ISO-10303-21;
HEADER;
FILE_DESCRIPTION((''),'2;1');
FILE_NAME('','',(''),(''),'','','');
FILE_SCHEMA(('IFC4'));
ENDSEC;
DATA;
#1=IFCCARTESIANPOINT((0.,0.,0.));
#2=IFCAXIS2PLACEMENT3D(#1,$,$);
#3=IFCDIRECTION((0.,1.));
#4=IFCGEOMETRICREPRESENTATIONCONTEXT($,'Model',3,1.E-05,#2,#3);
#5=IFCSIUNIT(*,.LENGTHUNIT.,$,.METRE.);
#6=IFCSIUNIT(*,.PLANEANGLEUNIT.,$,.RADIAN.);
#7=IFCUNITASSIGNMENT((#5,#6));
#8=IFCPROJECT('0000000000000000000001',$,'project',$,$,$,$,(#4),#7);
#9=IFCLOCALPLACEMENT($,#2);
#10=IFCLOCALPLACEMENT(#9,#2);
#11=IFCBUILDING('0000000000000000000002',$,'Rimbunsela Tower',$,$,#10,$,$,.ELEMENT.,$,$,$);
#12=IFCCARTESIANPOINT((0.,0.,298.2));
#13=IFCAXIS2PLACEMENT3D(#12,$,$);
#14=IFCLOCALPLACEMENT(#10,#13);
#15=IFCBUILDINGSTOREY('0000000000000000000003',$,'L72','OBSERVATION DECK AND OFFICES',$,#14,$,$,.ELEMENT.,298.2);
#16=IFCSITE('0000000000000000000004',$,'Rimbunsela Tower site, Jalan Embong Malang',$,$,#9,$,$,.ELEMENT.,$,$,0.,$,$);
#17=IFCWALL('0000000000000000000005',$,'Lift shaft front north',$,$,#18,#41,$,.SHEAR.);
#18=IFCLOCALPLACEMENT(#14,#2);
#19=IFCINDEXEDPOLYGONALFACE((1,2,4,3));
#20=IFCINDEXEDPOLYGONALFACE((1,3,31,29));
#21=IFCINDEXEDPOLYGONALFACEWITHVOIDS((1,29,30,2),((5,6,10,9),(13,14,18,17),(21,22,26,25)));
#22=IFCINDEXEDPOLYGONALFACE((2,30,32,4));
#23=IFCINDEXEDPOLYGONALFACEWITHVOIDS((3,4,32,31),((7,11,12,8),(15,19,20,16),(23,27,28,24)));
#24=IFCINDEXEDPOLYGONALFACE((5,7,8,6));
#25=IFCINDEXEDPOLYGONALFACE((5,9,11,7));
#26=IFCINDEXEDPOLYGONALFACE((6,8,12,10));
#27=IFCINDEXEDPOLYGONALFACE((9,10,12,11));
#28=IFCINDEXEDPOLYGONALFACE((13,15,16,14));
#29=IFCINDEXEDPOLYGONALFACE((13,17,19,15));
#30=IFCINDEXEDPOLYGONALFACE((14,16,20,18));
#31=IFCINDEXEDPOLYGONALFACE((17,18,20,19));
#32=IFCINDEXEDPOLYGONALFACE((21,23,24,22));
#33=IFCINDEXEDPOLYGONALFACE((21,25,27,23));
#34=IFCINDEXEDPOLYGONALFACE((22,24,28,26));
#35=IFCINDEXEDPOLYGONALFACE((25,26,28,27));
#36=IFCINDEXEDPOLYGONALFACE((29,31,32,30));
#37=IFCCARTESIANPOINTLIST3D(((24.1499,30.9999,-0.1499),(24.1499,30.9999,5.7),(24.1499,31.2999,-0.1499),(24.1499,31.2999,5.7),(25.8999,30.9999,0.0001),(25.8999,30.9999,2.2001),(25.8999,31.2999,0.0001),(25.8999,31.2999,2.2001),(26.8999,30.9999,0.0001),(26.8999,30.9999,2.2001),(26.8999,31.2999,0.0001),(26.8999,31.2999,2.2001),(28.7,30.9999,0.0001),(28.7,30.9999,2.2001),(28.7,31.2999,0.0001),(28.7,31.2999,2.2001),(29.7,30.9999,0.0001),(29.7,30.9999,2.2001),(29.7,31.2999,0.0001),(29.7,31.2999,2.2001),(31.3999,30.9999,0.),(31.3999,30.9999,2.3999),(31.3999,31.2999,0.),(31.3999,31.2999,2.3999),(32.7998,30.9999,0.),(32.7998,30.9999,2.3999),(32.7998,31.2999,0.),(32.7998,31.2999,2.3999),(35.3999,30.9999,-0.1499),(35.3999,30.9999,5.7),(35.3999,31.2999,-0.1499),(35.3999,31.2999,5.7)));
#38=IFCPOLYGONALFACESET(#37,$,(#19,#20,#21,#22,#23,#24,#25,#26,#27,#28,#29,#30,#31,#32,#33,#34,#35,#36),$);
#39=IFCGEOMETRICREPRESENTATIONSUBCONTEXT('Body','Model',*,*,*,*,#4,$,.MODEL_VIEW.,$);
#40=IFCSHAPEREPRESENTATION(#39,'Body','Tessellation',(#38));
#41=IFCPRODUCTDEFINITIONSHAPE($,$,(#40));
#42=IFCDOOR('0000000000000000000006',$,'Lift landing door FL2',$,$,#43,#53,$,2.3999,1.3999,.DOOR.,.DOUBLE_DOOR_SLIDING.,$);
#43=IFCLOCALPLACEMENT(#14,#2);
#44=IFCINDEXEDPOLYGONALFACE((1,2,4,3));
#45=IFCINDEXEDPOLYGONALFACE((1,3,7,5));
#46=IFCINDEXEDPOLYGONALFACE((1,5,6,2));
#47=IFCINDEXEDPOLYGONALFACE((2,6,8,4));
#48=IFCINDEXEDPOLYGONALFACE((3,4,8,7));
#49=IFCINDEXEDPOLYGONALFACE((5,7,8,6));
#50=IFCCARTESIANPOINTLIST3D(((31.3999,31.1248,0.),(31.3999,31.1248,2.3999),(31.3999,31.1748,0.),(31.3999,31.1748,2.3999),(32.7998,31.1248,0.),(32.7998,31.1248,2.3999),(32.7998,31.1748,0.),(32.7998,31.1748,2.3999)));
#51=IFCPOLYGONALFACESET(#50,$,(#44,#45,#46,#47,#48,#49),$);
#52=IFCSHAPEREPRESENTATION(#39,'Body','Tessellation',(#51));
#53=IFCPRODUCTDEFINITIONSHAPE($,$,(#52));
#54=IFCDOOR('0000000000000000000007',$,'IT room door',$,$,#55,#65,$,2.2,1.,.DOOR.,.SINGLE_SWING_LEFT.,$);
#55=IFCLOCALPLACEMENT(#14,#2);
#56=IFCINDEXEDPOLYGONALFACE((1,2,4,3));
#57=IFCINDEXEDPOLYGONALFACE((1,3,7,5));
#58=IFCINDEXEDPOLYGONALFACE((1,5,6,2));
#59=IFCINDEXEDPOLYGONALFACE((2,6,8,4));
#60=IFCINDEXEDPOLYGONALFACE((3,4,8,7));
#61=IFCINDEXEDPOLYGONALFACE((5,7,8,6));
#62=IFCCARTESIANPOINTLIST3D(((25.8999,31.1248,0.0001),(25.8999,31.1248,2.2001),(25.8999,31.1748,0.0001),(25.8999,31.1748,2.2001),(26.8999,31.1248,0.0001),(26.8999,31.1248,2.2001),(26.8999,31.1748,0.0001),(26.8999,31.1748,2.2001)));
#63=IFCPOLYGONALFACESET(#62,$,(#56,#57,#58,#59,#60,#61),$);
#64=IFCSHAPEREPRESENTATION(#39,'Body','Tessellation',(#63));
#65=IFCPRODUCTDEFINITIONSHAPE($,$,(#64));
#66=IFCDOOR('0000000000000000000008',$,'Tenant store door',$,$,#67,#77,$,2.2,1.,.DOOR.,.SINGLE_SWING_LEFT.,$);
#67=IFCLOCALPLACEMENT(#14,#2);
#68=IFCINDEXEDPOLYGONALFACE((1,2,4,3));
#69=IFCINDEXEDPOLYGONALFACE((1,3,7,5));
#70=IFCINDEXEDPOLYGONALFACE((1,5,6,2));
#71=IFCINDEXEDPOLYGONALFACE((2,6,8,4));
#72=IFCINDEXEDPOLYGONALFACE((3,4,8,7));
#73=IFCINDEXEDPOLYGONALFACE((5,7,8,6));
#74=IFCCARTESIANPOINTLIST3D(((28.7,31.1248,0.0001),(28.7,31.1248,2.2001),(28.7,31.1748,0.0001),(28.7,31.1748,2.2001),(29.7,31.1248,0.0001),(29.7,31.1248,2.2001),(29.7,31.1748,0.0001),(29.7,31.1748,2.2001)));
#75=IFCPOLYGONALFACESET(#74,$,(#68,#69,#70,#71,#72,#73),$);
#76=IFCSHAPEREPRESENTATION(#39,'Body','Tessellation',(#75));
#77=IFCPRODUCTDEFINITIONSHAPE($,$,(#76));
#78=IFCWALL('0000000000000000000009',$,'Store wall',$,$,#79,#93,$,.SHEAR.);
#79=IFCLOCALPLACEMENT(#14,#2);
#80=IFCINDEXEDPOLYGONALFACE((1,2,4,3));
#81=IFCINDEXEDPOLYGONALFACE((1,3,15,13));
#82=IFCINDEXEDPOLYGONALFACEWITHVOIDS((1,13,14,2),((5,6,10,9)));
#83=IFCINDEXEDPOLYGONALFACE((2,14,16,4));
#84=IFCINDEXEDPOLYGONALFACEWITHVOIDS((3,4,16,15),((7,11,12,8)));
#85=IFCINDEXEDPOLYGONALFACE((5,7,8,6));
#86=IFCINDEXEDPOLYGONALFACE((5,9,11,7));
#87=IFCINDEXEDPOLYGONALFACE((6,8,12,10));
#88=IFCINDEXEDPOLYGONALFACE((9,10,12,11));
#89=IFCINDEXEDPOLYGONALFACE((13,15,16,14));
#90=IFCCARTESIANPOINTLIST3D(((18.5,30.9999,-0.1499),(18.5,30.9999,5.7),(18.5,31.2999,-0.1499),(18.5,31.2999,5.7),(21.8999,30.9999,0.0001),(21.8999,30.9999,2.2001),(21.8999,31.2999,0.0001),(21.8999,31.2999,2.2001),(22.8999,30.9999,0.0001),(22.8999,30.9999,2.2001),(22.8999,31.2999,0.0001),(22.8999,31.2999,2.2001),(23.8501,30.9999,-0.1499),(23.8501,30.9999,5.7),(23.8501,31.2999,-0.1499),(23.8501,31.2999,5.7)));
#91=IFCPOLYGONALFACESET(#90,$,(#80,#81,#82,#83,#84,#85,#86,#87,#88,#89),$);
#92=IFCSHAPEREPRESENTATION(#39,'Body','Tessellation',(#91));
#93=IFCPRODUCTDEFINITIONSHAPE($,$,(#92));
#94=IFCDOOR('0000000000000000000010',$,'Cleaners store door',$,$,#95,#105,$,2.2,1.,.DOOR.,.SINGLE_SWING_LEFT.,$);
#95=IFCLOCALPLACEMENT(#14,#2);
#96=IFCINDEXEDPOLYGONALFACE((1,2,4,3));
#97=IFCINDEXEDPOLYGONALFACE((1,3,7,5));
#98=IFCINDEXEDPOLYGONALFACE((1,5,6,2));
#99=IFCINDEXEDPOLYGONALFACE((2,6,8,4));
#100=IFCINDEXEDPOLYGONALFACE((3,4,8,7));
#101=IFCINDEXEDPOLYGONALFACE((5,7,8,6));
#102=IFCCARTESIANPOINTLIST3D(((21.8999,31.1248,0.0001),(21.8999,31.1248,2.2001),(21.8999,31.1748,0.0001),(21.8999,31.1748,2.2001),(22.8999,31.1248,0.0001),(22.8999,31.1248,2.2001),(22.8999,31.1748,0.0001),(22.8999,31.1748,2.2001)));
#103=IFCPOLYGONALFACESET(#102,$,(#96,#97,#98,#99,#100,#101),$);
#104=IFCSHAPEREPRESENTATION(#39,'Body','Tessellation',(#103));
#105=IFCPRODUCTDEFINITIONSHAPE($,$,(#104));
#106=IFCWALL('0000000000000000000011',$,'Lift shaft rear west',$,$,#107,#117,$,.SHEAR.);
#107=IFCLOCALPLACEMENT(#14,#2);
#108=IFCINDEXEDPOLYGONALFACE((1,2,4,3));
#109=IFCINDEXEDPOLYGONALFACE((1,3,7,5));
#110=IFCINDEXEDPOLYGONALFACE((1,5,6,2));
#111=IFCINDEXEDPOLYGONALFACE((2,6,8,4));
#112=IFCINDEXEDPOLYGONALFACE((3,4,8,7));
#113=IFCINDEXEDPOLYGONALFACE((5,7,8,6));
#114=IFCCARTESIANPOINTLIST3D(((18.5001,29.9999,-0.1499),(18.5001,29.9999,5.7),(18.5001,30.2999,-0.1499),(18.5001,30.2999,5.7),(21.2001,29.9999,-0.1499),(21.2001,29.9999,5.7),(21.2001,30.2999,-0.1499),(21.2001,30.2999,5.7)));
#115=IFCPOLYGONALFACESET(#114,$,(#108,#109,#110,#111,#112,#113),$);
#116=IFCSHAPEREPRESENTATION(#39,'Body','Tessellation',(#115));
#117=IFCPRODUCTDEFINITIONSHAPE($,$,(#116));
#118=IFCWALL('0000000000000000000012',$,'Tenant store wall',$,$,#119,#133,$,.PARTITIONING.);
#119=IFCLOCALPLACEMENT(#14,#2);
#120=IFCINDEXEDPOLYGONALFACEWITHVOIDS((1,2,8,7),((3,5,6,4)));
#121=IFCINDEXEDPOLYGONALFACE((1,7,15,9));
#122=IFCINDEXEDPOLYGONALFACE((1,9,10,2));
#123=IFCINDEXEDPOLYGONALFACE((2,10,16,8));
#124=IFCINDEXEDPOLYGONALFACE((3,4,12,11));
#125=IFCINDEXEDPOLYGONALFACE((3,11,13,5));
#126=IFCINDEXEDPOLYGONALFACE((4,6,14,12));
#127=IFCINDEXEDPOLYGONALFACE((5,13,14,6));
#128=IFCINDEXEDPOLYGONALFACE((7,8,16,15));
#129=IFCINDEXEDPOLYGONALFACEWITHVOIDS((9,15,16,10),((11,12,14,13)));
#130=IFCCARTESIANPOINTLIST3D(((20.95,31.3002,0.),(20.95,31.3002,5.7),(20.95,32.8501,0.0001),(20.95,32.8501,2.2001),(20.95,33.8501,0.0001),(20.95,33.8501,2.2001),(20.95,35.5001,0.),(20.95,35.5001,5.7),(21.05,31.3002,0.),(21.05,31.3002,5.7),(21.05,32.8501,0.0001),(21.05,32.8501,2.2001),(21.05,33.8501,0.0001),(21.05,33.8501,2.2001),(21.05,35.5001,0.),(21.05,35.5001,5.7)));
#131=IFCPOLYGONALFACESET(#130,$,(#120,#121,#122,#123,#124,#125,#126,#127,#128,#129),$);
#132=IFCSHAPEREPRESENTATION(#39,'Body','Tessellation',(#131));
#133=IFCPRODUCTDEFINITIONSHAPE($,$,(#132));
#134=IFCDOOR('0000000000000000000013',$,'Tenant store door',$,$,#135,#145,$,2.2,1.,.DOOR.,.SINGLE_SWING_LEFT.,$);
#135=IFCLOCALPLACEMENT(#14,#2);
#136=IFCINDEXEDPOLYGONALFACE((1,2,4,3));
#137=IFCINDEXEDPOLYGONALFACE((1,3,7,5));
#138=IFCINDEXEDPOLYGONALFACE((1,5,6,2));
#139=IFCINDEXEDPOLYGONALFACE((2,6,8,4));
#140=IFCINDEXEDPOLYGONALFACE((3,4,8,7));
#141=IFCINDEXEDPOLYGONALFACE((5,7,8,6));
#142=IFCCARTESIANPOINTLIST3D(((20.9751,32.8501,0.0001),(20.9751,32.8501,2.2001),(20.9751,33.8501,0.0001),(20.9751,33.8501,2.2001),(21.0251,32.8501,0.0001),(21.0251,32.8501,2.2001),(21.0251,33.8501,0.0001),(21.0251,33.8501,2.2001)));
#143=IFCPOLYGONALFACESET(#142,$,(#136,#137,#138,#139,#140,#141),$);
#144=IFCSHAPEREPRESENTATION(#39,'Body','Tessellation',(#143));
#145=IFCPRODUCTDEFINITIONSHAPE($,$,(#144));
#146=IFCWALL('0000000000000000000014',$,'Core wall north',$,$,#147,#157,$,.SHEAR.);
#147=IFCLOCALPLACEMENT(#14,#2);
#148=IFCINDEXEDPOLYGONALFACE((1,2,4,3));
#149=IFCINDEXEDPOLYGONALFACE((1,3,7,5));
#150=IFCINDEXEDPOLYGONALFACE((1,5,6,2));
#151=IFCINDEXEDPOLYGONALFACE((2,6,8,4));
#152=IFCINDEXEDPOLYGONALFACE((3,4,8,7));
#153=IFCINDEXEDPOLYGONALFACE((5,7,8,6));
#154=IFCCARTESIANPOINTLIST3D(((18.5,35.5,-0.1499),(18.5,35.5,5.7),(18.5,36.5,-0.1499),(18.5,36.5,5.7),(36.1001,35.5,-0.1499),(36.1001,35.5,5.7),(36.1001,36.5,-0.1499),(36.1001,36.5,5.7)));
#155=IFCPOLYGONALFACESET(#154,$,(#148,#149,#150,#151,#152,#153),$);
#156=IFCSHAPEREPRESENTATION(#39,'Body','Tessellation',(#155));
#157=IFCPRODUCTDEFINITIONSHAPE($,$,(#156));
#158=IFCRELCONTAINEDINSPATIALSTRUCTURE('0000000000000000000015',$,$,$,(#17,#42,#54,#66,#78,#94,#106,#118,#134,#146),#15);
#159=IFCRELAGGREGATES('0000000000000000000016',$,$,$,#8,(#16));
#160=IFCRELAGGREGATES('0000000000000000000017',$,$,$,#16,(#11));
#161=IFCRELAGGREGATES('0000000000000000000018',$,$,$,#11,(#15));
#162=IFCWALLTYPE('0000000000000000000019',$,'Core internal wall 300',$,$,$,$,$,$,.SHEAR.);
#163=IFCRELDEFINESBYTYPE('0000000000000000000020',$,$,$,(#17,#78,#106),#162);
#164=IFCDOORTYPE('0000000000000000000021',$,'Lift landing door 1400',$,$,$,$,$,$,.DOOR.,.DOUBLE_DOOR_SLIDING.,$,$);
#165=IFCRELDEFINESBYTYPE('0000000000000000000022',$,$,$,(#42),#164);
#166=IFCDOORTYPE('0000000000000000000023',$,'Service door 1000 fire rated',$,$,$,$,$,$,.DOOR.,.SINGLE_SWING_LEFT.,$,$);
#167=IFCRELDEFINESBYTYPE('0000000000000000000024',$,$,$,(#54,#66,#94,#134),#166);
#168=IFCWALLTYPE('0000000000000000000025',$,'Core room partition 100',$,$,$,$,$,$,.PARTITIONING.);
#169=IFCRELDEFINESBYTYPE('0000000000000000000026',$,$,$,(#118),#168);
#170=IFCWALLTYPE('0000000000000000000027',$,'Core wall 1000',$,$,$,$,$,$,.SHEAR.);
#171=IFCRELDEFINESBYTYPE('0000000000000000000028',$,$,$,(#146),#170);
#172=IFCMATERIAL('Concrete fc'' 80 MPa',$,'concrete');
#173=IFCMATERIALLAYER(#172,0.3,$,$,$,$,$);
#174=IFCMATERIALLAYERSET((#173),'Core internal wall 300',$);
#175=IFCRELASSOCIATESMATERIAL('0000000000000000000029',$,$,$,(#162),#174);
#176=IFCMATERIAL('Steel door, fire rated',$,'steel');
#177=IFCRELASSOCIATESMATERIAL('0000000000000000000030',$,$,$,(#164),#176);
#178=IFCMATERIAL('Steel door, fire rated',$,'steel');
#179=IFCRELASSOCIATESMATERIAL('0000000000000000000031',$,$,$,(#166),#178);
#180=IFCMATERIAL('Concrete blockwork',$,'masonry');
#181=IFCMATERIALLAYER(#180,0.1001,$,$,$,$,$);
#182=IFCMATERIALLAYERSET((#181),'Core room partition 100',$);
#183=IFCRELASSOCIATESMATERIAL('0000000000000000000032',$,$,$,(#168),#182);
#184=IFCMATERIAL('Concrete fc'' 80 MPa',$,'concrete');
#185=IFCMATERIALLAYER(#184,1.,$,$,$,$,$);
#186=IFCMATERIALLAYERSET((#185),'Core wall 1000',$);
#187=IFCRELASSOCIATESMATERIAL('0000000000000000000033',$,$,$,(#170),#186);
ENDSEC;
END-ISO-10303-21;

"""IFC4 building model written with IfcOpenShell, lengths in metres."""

from ifc_helpers import new_model, si_unit, direction, frame, frame_2d, origin, place, context, subcontext, project, spatial, rectangle, extrude, material, layer, layer_set, type_object, element, fill, save


model = new_model("IFC4")

# Units and contexts
model_context = context("Model", 3, precision=1e-05, world=origin(), true_north=direction((0.0, 1.0)))
body_context = subcontext(model_context, "Body", "Model", "MODEL_VIEW")
ifc_project = project(units=[si_unit("LENGTHUNIT", "METRE"), si_unit("PLANEANGLEUNIT", "RADIAN")], contexts=[model_context])

# Site, building, storey
site_placement = place(None, origin())
site = spatial("IfcSite", under=ifc_project, at=site_placement, Name="Rimbunsela Tower site, Jalan Embong Malang", CompositionType="ELEMENT", RefElevation=0.0)
building_placement = place(site_placement, origin())
building = spatial("IfcBuilding", under=site, at=building_placement, Name="Rimbunsela Tower", CompositionType="ELEMENT")
storey_placement = place(building_placement, frame((0.0, 0.0, 298.2)))
storey = spatial("IfcBuildingStorey", under=building, at=storey_placement, Name="L72", Description="OBSERVATION DECK AND OFFICES", CompositionType="ELEMENT", Elevation=298.2)

# Wall, openings, doors
ifc_material_1 = material(Name="Concrete fc' 80 MPa", Category="concrete")
ifc_layer_1 = layer(ifc_material_1, 0.3)
ifc_layer_set_1 = layer_set([ifc_layer_1], Name="Core internal wall 300")
wall_type_1 = type_object("IfcWallType", Name="Core internal wall 300", PredefinedType="SHEAR", material=ifc_layer_set_1)
wall_1_placement = place(storey_placement, frame((24.1499, 31.1499, -0.1499), z_axis=(0.0, 0.0, 1.0), x_axis=(1.0, 0.0, 0.0)))
wall_1 = element("IfcWall", 1, at=wall_1_placement, inside=storey, type_object=wall_type_1, Name="Lift shaft front north", PredefinedType="SHEAR", context=body_context, shape_type="SweptSolid", body=[
    extrude(rectangle(XDim=11.25, YDim=0.3, at=frame_2d((5.625, 0.0))), origin(), (0.0, 0.0, 1.0), 5.8499),
])
opening_1_placement = place(wall_1_placement, frame((1.75, 0.0, 0.1499)))
opening_1 = element("IfcOpeningElement", 2, at=opening_1_placement, cuts=wall_1, PredefinedType="OPENING", context=body_context, shape_type="SweptSolid", body=[
    extrude(rectangle(XDim=1.0, YDim=2.2, at=frame_2d((0.5, 1.1001))), frame((0.0, 0.1599, 0.0), z_axis=(0.0, -1.0, 0.0), x_axis=(1.0, 0.0, 0.0)), (0.0, 0.0, 1.0), 0.3201),
])
opening_2_placement = place(wall_1_placement, frame((4.55, 0.0, 0.1499)))
opening_2 = element("IfcOpeningElement", 3, at=opening_2_placement, cuts=wall_1, PredefinedType="OPENING", context=body_context, shape_type="SweptSolid", body=[
    extrude(rectangle(XDim=1.0, YDim=2.2, at=frame_2d((0.5, 1.1001))), frame((0.0, 0.1599, 0.0), z_axis=(0.0, -1.0, 0.0), x_axis=(1.0, 0.0, 0.0)), (0.0, 0.0, 1.0), 0.3201),
])
opening_3_placement = place(wall_1_placement, frame((7.25, 0.0, 0.1499)))
opening_3 = element("IfcOpeningElement", 4, at=opening_3_placement, cuts=wall_1, PredefinedType="OPENING", context=body_context, shape_type="SweptSolid", body=[
    extrude(rectangle(XDim=1.3999, YDim=2.3999, at=frame_2d((0.7, 1.2))), frame((0.0, 0.1599, 0.0), z_axis=(0.0, -1.0, 0.0), x_axis=(1.0, 0.0, 0.0)), (0.0, 0.0, 1.0), 0.3201),
])
ifc_material_2 = material(Name="Steel door, fire rated", Category="steel")
door_type_1 = type_object("IfcDoorType", Name="Lift landing door 1400", OperationType="DOUBLE_DOOR_SLIDING", PredefinedType="DOOR", material=ifc_material_2)
door_1_placement = place(opening_3_placement, origin())
door_1 = element("IfcDoor", 5, at=door_1_placement, inside=storey, type_object=door_type_1, Name="Lift landing door FL2", OperationType="DOUBLE_DOOR_SLIDING", OverallHeight=2.3999, OverallWidth=1.3999, PredefinedType="DOOR", context=body_context, shape_type="SweptSolid", body=[
    extrude(rectangle(XDim=1.3999, YDim=2.3999, at=frame_2d((0.7, 1.2))), frame((0.0, 0.0249, 0.0), z_axis=(0.0, -1.0, 0.0), x_axis=(1.0, 0.0, 0.0)), (0.0, 0.0, 1.0), 0.05),
])
fill(opening_3, door_1)
ifc_material_3 = material(Name="Steel door, fire rated", Category="steel")
door_type_2 = type_object("IfcDoorType", Name="Service door 1000 fire rated", OperationType="SINGLE_SWING_LEFT", PredefinedType="DOOR", material=ifc_material_3)
door_2_placement = place(opening_1_placement, origin())
door_2 = element("IfcDoor", 6, at=door_2_placement, inside=storey, type_object=door_type_2, Name="IT room door", OperationType="SINGLE_SWING_LEFT", OverallHeight=2.2, OverallWidth=1.0, PredefinedType="DOOR", context=body_context, shape_type="SweptSolid", body=[
    extrude(rectangle(XDim=1.0, YDim=2.2, at=frame_2d((0.5, 1.1001))), frame((0.0, 0.0249, 0.0), z_axis=(0.0, -1.0, 0.0), x_axis=(1.0, 0.0, 0.0)), (0.0, 0.0, 1.0), 0.05),
])
fill(opening_1, door_2)
door_3_placement = place(opening_2_placement, origin())
door_3 = element("IfcDoor", 7, at=door_3_placement, inside=storey, type_object=door_type_2, Name="Tenant store door", OperationType="SINGLE_SWING_LEFT", OverallHeight=2.2, OverallWidth=1.0, PredefinedType="DOOR", context=body_context, shape_type="SweptSolid", body=[
    extrude(rectangle(XDim=1.0, YDim=2.2, at=frame_2d((0.5, 1.1001))), frame((0.0, 0.0249, 0.0), z_axis=(0.0, -1.0, 0.0), x_axis=(1.0, 0.0, 0.0)), (0.0, 0.0, 1.0), 0.05),
])
fill(opening_2, door_3)

# Wall, opening, door
wall_2_placement = place(storey_placement, frame((18.5, 31.1499, -0.1499), z_axis=(0.0, 0.0, 1.0), x_axis=(1.0, 0.0, 0.0)))
wall_2 = element("IfcWall", 8, at=wall_2_placement, inside=storey, type_object=wall_type_1, Name="Store wall", PredefinedType="SHEAR", context=body_context, shape_type="SweptSolid", body=[
    extrude(rectangle(XDim=5.3501, YDim=0.3, at=frame_2d((2.675, 0.0))), origin(), (0.0, 0.0, 1.0), 5.8499),
])
opening_4_placement = place(wall_2_placement, frame((3.3999, 0.0, 0.1499)))
opening_4 = element("IfcOpeningElement", 9, at=opening_4_placement, cuts=wall_2, PredefinedType="OPENING", context=body_context, shape_type="SweptSolid", body=[
    extrude(rectangle(XDim=1.0, YDim=2.2, at=frame_2d((0.5, 1.1001))), frame((0.0, 0.1599, 0.0), z_axis=(0.0, -1.0, 0.0), x_axis=(1.0, 0.0, 0.0)), (0.0, 0.0, 1.0), 0.3201),
])
door_4_placement = place(opening_4_placement, origin())
door_4 = element("IfcDoor", 10, at=door_4_placement, inside=storey, type_object=door_type_2, Name="Cleaners store door", OperationType="SINGLE_SWING_LEFT", OverallHeight=2.2, OverallWidth=1.0, PredefinedType="DOOR", context=body_context, shape_type="SweptSolid", body=[
    extrude(rectangle(XDim=1.0, YDim=2.2, at=frame_2d((0.5, 1.1001))), frame((0.0, 0.0249, 0.0), z_axis=(0.0, -1.0, 0.0), x_axis=(1.0, 0.0, 0.0)), (0.0, 0.0, 1.0), 0.05),
])
fill(opening_4, door_4)

# Wall
wall_3_placement = place(storey_placement, frame((18.5, 30.1499, -0.1499), z_axis=(0.0, 0.0, 1.0), x_axis=(1.0, 0.0, 0.0)))
element("IfcWall", 11, at=wall_3_placement, inside=storey, type_object=wall_type_1, Name="Lift shaft rear west", PredefinedType="SHEAR", context=body_context, shape_type="SweptSolid", body=[
    extrude(rectangle(XDim=2.7, YDim=0.3, at=frame_2d((1.3501, 0.0))), origin(), (0.0, 0.0, 1.0), 5.8499),
])

# Wall, opening, door
ifc_material_4 = material(Name="Concrete blockwork", Category="masonry")
ifc_layer_2 = layer(ifc_material_4, 0.1001)
ifc_layer_set_2 = layer_set([ifc_layer_2], Name="Core room partition 100")
wall_type_2 = type_object("IfcWallType", Name="Core room partition 100", PredefinedType="PARTITIONING", material=ifc_layer_set_2)
wall_4_placement = place(storey_placement, frame((21.0, 31.3, 0.0), z_axis=(0.0, 0.0, 1.0), x_axis=(0.0, 1.0, 0.0)))
wall_4 = element("IfcWall", 12, at=wall_4_placement, inside=storey, type_object=wall_type_2, Name="Tenant store wall", PredefinedType="PARTITIONING", context=body_context, shape_type="SweptSolid", body=[
    extrude(rectangle(XDim=4.2, YDim=0.1001, at=frame_2d((2.1001, 0.0))), origin(), (0.0, 0.0, 1.0), 5.7),
])
opening_5_placement = place(wall_4_placement, frame((1.55, 0.0, 0.0)))
opening_5 = element("IfcOpeningElement", 13, at=opening_5_placement, cuts=wall_4, PredefinedType="OPENING", context=body_context, shape_type="SweptSolid", body=[
    extrude(rectangle(XDim=1.0, YDim=2.2, at=frame_2d((0.5, 1.1001))), frame((0.0, 0.0601, 0.0), z_axis=(0.0, -1.0, 0.0), x_axis=(1.0, 0.0, 0.0)), (0.0, 0.0, 1.0), 0.1201),
])
door_5_placement = place(opening_5_placement, origin())
door_5 = element("IfcDoor", 14, at=door_5_placement, inside=storey, type_object=door_type_2, Name="Tenant store door", OperationType="SINGLE_SWING_LEFT", OverallHeight=2.2, OverallWidth=1.0, PredefinedType="DOOR", context=body_context, shape_type="SweptSolid", body=[
    extrude(rectangle(XDim=1.0, YDim=2.2, at=frame_2d((0.5, 1.1001))), frame((0.0, 0.0249, 0.0), z_axis=(0.0, -1.0, 0.0), x_axis=(1.0, 0.0, 0.0)), (0.0, 0.0, 1.0), 0.05),
])
fill(opening_5, door_5)

# Wall
ifc_material_5 = material(Name="Concrete fc' 80 MPa", Category="concrete")
ifc_layer_3 = layer(ifc_material_5, 1.0)
ifc_layer_set_3 = layer_set([ifc_layer_3], Name="Core wall 1000")
wall_type_3 = type_object("IfcWallType", Name="Core wall 1000", PredefinedType="SHEAR", material=ifc_layer_set_3)
wall_5_placement = place(storey_placement, frame((18.5, 36.0, -0.1499), z_axis=(0.0, 0.0, 1.0), x_axis=(1.0, 0.0, 0.0)))
element("IfcWall", 15, at=wall_5_placement, inside=storey, type_object=wall_type_3, Name="Core wall north", PredefinedType="SHEAR", context=body_context, shape_type="SweptSolid", body=[
    extrude(rectangle(XDim=17.6001, YDim=1.0, at=frame_2d((8.8, 0.0))), origin(), (0.0, 0.0, 1.0), 5.8499),
])

save(model, "model.ifc")
